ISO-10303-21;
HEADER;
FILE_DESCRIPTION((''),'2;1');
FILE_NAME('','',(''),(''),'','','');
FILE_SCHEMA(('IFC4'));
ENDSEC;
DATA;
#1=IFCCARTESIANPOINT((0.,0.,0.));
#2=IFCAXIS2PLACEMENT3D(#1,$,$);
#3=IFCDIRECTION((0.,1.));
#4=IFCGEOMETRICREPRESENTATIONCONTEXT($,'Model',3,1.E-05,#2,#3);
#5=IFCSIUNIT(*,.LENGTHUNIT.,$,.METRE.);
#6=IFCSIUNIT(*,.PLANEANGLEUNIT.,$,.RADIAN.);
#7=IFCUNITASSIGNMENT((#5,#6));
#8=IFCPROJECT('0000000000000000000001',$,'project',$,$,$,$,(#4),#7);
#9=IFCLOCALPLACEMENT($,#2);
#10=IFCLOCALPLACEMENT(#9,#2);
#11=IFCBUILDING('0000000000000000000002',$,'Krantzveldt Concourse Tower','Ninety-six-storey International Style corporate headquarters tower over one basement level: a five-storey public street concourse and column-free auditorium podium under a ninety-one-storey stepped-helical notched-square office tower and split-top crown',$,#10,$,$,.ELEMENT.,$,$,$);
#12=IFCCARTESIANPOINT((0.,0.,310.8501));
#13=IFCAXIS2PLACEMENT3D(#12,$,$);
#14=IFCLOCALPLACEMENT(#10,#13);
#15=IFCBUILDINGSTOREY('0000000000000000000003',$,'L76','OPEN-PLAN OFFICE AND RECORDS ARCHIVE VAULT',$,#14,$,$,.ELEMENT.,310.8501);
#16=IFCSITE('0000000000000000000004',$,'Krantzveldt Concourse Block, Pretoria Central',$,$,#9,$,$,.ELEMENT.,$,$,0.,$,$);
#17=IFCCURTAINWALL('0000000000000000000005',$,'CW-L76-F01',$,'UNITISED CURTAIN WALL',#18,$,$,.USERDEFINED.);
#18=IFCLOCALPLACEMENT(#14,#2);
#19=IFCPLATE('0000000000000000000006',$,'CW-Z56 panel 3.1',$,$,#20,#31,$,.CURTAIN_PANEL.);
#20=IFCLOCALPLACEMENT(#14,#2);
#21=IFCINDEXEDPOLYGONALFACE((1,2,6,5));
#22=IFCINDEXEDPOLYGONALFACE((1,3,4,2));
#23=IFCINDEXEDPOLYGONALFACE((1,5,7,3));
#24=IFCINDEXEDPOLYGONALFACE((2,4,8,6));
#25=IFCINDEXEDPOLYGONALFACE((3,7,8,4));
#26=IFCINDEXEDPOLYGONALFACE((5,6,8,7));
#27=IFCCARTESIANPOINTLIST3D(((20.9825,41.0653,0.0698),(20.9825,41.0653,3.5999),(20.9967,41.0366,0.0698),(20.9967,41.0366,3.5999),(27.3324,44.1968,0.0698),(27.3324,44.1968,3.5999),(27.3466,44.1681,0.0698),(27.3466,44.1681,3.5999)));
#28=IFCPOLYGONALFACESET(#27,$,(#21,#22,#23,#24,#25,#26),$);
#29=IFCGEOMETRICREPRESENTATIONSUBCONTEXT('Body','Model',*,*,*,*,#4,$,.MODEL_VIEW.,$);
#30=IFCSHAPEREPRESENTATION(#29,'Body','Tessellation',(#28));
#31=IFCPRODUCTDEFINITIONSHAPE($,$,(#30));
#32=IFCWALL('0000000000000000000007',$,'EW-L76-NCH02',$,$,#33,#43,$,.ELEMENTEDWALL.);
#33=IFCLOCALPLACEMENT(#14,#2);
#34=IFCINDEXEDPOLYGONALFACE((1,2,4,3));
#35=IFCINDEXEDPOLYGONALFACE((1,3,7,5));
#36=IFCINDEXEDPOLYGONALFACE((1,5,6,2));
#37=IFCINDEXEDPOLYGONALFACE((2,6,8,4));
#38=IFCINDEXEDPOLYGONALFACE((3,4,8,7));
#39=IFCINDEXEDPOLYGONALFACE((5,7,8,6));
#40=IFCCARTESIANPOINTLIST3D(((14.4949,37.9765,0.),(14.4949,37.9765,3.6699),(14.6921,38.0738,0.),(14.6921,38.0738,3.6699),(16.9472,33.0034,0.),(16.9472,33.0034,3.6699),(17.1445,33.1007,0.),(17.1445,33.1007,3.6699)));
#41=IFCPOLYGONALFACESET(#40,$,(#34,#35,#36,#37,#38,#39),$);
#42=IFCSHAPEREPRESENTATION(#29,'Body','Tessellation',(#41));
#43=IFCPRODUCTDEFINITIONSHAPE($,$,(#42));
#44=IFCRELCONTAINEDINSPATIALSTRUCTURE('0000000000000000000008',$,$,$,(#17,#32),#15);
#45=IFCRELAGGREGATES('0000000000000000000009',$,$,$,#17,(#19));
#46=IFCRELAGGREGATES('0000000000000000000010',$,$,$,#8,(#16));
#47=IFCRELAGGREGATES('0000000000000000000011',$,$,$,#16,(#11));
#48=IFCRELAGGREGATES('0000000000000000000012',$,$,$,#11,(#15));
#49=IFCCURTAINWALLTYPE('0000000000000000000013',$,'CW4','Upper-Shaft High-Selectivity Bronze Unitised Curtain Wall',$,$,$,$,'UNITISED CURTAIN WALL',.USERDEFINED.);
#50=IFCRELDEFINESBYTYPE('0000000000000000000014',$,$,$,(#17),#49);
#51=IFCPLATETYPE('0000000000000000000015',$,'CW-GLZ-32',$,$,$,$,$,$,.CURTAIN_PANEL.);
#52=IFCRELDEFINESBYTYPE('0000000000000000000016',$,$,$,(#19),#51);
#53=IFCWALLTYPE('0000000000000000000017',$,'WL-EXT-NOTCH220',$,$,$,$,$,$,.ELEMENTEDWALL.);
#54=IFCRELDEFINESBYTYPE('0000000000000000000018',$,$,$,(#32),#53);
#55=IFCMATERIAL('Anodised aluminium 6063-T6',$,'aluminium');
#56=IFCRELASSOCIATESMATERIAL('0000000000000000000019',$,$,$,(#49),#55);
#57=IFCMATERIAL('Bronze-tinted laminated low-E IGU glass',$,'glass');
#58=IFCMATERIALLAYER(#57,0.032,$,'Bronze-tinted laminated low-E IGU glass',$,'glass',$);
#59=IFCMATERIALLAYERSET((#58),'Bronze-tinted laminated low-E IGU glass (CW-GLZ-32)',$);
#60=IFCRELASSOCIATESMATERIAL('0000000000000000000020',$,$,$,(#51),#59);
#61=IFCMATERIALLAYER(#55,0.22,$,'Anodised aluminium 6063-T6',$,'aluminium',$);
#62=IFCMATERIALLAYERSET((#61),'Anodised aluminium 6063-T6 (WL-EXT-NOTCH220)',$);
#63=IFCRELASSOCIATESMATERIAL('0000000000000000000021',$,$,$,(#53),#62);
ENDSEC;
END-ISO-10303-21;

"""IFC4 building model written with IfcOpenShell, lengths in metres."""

from ifc_helpers import new_model, si_unit, direction, frame, frame_2d, origin, origin_2d, place, context, subcontext, project, spatial, rectangle, extrude, source, transform, mapped, material, layer, layer_set, type_object, element, aggregate, save


model = new_model("IFC4")

# Units and contexts
model_context = context("Model", 3, precision=1e-05, world=origin(), true_north=direction((0.0, 1.0)))
body_context = subcontext(model_context, "Body", "Model", "MODEL_VIEW")
ifc_project = project(units=[si_unit("LENGTHUNIT", "METRE"), si_unit("PLANEANGLEUNIT", "RADIAN")], contexts=[model_context])

# Site, building, storey
site_placement = place(None, origin())
site = spatial("IfcSite", under=ifc_project, at=site_placement, Name="Krantzveldt Concourse Block, Pretoria Central", CompositionType="ELEMENT", RefElevation=0.0)
building_placement = place(site_placement, origin())
building = spatial("IfcBuilding", under=site, at=building_placement, Name="Krantzveldt Concourse Tower", Description="Ninety-six-storey International Style corporate headquarters tower over one basement level: a five-storey public street concourse and column-free auditorium podium under a ninety-one-storey stepped-helical notched-square office tower and split-top crown", CompositionType="ELEMENT")
storey_placement = place(building_placement, frame((0.0, 0.0, 310.8501)))
storey = spatial("IfcBuildingStorey", under=building, at=storey_placement, Name="L76", Description="OPEN-PLAN OFFICE AND RECORDS ARCHIVE VAULT", CompositionType="ELEMENT", Elevation=310.8501)

# Curtain wall, plate
ifc_material_1 = material(Name="Anodised aluminium 6063-T6", Category="aluminium")
curtain_wall_type = type_object("IfcCurtainWallType", Name="CW4", Description="Upper-Shaft High-Selectivity Bronze Unitised Curtain Wall", ElementType="UNITISED CURTAIN WALL", PredefinedType="USERDEFINED", material=ifc_material_1)
curtain_wall_placement = place(storey_placement, origin())
curtain_wall = element("IfcCurtainWall", 1, at=curtain_wall_placement, inside=storey, type_object=curtain_wall_type, Name="CW-L76-F01", ObjectType="UNITISED CURTAIN WALL", PredefinedType="USERDEFINED")
ifc_material_2 = material(Name="Bronze-tinted laminated low-E IGU glass", Category="glass")
ifc_layer_1 = layer(ifc_material_2, 0.032, Name="Bronze-tinted laminated low-E IGU glass", Category="glass")
ifc_layer_set_1 = layer_set([ifc_layer_1], Name="Bronze-tinted laminated low-E IGU glass (CW-GLZ-32)")
plate_type = type_object("IfcPlateType", Name="CW-GLZ-32", PredefinedType="CURTAIN_PANEL", material=ifc_layer_set_1)
shared_shape_1 = source(origin(), body_context, "Body", "SweptSolid", [
    extrude(rectangle(XDim=7.0801, YDim=0.032, at=origin_2d()), origin(), (0.0, 0.0, 1.0), 3.53),
])
plate_1_placement = place(storey_placement, frame((24.1646, 42.6167, 0.0698), z_axis=(0.0, 0.0, 1.0), x_axis=(-0.896873, -0.442289, 0.0)))
plate_1 = element("IfcPlate", 2, at=plate_1_placement, type_object=plate_type, Name="CW-Z56 panel 3.1", PredefinedType="CURTAIN_PANEL", context=body_context, shape_type="MappedRepresentation", body=[
    mapped(shared_shape_1, transform((0.0, 0.0, 0.0), x_axis=(1.0, 0.0, 0.0), y_axis=(0.0, 1.0, 0.0), z_axis=(0.0, 0.0, 1.0), scale=1.0)),
])
aggregate(curtain_wall, [plate_1])

# Wall
ifc_layer_2 = layer(ifc_material_1, 0.22, Name="Anodised aluminium 6063-T6", Category="aluminium")
ifc_layer_set_2 = layer_set([ifc_layer_2], Name="Anodised aluminium 6063-T6 (WL-EXT-NOTCH220)")
wall_type = type_object("IfcWallType", Name="WL-EXT-NOTCH220", PredefinedType="ELEMENTEDWALL", material=ifc_layer_set_2)
wall_placement = place(storey_placement, frame((14.5935, 38.0251, 0.0), z_axis=(0.0, 0.0, 1.0), x_axis=(0.442276, -0.896879, 0.0)))
element("IfcWall", 3, at=wall_placement, inside=storey, type_object=wall_type, Name="EW-L76-NCH02", PredefinedType="ELEMENTEDWALL", context=body_context, shape_type="SweptSolid", body=[
    extrude(rectangle(XDim=5.5449, YDim=0.22, at=frame_2d((2.7725, 0.0))), origin(), (0.0, 0.0, 1.0), 3.6699),
])

save(model, "model.ifc")
